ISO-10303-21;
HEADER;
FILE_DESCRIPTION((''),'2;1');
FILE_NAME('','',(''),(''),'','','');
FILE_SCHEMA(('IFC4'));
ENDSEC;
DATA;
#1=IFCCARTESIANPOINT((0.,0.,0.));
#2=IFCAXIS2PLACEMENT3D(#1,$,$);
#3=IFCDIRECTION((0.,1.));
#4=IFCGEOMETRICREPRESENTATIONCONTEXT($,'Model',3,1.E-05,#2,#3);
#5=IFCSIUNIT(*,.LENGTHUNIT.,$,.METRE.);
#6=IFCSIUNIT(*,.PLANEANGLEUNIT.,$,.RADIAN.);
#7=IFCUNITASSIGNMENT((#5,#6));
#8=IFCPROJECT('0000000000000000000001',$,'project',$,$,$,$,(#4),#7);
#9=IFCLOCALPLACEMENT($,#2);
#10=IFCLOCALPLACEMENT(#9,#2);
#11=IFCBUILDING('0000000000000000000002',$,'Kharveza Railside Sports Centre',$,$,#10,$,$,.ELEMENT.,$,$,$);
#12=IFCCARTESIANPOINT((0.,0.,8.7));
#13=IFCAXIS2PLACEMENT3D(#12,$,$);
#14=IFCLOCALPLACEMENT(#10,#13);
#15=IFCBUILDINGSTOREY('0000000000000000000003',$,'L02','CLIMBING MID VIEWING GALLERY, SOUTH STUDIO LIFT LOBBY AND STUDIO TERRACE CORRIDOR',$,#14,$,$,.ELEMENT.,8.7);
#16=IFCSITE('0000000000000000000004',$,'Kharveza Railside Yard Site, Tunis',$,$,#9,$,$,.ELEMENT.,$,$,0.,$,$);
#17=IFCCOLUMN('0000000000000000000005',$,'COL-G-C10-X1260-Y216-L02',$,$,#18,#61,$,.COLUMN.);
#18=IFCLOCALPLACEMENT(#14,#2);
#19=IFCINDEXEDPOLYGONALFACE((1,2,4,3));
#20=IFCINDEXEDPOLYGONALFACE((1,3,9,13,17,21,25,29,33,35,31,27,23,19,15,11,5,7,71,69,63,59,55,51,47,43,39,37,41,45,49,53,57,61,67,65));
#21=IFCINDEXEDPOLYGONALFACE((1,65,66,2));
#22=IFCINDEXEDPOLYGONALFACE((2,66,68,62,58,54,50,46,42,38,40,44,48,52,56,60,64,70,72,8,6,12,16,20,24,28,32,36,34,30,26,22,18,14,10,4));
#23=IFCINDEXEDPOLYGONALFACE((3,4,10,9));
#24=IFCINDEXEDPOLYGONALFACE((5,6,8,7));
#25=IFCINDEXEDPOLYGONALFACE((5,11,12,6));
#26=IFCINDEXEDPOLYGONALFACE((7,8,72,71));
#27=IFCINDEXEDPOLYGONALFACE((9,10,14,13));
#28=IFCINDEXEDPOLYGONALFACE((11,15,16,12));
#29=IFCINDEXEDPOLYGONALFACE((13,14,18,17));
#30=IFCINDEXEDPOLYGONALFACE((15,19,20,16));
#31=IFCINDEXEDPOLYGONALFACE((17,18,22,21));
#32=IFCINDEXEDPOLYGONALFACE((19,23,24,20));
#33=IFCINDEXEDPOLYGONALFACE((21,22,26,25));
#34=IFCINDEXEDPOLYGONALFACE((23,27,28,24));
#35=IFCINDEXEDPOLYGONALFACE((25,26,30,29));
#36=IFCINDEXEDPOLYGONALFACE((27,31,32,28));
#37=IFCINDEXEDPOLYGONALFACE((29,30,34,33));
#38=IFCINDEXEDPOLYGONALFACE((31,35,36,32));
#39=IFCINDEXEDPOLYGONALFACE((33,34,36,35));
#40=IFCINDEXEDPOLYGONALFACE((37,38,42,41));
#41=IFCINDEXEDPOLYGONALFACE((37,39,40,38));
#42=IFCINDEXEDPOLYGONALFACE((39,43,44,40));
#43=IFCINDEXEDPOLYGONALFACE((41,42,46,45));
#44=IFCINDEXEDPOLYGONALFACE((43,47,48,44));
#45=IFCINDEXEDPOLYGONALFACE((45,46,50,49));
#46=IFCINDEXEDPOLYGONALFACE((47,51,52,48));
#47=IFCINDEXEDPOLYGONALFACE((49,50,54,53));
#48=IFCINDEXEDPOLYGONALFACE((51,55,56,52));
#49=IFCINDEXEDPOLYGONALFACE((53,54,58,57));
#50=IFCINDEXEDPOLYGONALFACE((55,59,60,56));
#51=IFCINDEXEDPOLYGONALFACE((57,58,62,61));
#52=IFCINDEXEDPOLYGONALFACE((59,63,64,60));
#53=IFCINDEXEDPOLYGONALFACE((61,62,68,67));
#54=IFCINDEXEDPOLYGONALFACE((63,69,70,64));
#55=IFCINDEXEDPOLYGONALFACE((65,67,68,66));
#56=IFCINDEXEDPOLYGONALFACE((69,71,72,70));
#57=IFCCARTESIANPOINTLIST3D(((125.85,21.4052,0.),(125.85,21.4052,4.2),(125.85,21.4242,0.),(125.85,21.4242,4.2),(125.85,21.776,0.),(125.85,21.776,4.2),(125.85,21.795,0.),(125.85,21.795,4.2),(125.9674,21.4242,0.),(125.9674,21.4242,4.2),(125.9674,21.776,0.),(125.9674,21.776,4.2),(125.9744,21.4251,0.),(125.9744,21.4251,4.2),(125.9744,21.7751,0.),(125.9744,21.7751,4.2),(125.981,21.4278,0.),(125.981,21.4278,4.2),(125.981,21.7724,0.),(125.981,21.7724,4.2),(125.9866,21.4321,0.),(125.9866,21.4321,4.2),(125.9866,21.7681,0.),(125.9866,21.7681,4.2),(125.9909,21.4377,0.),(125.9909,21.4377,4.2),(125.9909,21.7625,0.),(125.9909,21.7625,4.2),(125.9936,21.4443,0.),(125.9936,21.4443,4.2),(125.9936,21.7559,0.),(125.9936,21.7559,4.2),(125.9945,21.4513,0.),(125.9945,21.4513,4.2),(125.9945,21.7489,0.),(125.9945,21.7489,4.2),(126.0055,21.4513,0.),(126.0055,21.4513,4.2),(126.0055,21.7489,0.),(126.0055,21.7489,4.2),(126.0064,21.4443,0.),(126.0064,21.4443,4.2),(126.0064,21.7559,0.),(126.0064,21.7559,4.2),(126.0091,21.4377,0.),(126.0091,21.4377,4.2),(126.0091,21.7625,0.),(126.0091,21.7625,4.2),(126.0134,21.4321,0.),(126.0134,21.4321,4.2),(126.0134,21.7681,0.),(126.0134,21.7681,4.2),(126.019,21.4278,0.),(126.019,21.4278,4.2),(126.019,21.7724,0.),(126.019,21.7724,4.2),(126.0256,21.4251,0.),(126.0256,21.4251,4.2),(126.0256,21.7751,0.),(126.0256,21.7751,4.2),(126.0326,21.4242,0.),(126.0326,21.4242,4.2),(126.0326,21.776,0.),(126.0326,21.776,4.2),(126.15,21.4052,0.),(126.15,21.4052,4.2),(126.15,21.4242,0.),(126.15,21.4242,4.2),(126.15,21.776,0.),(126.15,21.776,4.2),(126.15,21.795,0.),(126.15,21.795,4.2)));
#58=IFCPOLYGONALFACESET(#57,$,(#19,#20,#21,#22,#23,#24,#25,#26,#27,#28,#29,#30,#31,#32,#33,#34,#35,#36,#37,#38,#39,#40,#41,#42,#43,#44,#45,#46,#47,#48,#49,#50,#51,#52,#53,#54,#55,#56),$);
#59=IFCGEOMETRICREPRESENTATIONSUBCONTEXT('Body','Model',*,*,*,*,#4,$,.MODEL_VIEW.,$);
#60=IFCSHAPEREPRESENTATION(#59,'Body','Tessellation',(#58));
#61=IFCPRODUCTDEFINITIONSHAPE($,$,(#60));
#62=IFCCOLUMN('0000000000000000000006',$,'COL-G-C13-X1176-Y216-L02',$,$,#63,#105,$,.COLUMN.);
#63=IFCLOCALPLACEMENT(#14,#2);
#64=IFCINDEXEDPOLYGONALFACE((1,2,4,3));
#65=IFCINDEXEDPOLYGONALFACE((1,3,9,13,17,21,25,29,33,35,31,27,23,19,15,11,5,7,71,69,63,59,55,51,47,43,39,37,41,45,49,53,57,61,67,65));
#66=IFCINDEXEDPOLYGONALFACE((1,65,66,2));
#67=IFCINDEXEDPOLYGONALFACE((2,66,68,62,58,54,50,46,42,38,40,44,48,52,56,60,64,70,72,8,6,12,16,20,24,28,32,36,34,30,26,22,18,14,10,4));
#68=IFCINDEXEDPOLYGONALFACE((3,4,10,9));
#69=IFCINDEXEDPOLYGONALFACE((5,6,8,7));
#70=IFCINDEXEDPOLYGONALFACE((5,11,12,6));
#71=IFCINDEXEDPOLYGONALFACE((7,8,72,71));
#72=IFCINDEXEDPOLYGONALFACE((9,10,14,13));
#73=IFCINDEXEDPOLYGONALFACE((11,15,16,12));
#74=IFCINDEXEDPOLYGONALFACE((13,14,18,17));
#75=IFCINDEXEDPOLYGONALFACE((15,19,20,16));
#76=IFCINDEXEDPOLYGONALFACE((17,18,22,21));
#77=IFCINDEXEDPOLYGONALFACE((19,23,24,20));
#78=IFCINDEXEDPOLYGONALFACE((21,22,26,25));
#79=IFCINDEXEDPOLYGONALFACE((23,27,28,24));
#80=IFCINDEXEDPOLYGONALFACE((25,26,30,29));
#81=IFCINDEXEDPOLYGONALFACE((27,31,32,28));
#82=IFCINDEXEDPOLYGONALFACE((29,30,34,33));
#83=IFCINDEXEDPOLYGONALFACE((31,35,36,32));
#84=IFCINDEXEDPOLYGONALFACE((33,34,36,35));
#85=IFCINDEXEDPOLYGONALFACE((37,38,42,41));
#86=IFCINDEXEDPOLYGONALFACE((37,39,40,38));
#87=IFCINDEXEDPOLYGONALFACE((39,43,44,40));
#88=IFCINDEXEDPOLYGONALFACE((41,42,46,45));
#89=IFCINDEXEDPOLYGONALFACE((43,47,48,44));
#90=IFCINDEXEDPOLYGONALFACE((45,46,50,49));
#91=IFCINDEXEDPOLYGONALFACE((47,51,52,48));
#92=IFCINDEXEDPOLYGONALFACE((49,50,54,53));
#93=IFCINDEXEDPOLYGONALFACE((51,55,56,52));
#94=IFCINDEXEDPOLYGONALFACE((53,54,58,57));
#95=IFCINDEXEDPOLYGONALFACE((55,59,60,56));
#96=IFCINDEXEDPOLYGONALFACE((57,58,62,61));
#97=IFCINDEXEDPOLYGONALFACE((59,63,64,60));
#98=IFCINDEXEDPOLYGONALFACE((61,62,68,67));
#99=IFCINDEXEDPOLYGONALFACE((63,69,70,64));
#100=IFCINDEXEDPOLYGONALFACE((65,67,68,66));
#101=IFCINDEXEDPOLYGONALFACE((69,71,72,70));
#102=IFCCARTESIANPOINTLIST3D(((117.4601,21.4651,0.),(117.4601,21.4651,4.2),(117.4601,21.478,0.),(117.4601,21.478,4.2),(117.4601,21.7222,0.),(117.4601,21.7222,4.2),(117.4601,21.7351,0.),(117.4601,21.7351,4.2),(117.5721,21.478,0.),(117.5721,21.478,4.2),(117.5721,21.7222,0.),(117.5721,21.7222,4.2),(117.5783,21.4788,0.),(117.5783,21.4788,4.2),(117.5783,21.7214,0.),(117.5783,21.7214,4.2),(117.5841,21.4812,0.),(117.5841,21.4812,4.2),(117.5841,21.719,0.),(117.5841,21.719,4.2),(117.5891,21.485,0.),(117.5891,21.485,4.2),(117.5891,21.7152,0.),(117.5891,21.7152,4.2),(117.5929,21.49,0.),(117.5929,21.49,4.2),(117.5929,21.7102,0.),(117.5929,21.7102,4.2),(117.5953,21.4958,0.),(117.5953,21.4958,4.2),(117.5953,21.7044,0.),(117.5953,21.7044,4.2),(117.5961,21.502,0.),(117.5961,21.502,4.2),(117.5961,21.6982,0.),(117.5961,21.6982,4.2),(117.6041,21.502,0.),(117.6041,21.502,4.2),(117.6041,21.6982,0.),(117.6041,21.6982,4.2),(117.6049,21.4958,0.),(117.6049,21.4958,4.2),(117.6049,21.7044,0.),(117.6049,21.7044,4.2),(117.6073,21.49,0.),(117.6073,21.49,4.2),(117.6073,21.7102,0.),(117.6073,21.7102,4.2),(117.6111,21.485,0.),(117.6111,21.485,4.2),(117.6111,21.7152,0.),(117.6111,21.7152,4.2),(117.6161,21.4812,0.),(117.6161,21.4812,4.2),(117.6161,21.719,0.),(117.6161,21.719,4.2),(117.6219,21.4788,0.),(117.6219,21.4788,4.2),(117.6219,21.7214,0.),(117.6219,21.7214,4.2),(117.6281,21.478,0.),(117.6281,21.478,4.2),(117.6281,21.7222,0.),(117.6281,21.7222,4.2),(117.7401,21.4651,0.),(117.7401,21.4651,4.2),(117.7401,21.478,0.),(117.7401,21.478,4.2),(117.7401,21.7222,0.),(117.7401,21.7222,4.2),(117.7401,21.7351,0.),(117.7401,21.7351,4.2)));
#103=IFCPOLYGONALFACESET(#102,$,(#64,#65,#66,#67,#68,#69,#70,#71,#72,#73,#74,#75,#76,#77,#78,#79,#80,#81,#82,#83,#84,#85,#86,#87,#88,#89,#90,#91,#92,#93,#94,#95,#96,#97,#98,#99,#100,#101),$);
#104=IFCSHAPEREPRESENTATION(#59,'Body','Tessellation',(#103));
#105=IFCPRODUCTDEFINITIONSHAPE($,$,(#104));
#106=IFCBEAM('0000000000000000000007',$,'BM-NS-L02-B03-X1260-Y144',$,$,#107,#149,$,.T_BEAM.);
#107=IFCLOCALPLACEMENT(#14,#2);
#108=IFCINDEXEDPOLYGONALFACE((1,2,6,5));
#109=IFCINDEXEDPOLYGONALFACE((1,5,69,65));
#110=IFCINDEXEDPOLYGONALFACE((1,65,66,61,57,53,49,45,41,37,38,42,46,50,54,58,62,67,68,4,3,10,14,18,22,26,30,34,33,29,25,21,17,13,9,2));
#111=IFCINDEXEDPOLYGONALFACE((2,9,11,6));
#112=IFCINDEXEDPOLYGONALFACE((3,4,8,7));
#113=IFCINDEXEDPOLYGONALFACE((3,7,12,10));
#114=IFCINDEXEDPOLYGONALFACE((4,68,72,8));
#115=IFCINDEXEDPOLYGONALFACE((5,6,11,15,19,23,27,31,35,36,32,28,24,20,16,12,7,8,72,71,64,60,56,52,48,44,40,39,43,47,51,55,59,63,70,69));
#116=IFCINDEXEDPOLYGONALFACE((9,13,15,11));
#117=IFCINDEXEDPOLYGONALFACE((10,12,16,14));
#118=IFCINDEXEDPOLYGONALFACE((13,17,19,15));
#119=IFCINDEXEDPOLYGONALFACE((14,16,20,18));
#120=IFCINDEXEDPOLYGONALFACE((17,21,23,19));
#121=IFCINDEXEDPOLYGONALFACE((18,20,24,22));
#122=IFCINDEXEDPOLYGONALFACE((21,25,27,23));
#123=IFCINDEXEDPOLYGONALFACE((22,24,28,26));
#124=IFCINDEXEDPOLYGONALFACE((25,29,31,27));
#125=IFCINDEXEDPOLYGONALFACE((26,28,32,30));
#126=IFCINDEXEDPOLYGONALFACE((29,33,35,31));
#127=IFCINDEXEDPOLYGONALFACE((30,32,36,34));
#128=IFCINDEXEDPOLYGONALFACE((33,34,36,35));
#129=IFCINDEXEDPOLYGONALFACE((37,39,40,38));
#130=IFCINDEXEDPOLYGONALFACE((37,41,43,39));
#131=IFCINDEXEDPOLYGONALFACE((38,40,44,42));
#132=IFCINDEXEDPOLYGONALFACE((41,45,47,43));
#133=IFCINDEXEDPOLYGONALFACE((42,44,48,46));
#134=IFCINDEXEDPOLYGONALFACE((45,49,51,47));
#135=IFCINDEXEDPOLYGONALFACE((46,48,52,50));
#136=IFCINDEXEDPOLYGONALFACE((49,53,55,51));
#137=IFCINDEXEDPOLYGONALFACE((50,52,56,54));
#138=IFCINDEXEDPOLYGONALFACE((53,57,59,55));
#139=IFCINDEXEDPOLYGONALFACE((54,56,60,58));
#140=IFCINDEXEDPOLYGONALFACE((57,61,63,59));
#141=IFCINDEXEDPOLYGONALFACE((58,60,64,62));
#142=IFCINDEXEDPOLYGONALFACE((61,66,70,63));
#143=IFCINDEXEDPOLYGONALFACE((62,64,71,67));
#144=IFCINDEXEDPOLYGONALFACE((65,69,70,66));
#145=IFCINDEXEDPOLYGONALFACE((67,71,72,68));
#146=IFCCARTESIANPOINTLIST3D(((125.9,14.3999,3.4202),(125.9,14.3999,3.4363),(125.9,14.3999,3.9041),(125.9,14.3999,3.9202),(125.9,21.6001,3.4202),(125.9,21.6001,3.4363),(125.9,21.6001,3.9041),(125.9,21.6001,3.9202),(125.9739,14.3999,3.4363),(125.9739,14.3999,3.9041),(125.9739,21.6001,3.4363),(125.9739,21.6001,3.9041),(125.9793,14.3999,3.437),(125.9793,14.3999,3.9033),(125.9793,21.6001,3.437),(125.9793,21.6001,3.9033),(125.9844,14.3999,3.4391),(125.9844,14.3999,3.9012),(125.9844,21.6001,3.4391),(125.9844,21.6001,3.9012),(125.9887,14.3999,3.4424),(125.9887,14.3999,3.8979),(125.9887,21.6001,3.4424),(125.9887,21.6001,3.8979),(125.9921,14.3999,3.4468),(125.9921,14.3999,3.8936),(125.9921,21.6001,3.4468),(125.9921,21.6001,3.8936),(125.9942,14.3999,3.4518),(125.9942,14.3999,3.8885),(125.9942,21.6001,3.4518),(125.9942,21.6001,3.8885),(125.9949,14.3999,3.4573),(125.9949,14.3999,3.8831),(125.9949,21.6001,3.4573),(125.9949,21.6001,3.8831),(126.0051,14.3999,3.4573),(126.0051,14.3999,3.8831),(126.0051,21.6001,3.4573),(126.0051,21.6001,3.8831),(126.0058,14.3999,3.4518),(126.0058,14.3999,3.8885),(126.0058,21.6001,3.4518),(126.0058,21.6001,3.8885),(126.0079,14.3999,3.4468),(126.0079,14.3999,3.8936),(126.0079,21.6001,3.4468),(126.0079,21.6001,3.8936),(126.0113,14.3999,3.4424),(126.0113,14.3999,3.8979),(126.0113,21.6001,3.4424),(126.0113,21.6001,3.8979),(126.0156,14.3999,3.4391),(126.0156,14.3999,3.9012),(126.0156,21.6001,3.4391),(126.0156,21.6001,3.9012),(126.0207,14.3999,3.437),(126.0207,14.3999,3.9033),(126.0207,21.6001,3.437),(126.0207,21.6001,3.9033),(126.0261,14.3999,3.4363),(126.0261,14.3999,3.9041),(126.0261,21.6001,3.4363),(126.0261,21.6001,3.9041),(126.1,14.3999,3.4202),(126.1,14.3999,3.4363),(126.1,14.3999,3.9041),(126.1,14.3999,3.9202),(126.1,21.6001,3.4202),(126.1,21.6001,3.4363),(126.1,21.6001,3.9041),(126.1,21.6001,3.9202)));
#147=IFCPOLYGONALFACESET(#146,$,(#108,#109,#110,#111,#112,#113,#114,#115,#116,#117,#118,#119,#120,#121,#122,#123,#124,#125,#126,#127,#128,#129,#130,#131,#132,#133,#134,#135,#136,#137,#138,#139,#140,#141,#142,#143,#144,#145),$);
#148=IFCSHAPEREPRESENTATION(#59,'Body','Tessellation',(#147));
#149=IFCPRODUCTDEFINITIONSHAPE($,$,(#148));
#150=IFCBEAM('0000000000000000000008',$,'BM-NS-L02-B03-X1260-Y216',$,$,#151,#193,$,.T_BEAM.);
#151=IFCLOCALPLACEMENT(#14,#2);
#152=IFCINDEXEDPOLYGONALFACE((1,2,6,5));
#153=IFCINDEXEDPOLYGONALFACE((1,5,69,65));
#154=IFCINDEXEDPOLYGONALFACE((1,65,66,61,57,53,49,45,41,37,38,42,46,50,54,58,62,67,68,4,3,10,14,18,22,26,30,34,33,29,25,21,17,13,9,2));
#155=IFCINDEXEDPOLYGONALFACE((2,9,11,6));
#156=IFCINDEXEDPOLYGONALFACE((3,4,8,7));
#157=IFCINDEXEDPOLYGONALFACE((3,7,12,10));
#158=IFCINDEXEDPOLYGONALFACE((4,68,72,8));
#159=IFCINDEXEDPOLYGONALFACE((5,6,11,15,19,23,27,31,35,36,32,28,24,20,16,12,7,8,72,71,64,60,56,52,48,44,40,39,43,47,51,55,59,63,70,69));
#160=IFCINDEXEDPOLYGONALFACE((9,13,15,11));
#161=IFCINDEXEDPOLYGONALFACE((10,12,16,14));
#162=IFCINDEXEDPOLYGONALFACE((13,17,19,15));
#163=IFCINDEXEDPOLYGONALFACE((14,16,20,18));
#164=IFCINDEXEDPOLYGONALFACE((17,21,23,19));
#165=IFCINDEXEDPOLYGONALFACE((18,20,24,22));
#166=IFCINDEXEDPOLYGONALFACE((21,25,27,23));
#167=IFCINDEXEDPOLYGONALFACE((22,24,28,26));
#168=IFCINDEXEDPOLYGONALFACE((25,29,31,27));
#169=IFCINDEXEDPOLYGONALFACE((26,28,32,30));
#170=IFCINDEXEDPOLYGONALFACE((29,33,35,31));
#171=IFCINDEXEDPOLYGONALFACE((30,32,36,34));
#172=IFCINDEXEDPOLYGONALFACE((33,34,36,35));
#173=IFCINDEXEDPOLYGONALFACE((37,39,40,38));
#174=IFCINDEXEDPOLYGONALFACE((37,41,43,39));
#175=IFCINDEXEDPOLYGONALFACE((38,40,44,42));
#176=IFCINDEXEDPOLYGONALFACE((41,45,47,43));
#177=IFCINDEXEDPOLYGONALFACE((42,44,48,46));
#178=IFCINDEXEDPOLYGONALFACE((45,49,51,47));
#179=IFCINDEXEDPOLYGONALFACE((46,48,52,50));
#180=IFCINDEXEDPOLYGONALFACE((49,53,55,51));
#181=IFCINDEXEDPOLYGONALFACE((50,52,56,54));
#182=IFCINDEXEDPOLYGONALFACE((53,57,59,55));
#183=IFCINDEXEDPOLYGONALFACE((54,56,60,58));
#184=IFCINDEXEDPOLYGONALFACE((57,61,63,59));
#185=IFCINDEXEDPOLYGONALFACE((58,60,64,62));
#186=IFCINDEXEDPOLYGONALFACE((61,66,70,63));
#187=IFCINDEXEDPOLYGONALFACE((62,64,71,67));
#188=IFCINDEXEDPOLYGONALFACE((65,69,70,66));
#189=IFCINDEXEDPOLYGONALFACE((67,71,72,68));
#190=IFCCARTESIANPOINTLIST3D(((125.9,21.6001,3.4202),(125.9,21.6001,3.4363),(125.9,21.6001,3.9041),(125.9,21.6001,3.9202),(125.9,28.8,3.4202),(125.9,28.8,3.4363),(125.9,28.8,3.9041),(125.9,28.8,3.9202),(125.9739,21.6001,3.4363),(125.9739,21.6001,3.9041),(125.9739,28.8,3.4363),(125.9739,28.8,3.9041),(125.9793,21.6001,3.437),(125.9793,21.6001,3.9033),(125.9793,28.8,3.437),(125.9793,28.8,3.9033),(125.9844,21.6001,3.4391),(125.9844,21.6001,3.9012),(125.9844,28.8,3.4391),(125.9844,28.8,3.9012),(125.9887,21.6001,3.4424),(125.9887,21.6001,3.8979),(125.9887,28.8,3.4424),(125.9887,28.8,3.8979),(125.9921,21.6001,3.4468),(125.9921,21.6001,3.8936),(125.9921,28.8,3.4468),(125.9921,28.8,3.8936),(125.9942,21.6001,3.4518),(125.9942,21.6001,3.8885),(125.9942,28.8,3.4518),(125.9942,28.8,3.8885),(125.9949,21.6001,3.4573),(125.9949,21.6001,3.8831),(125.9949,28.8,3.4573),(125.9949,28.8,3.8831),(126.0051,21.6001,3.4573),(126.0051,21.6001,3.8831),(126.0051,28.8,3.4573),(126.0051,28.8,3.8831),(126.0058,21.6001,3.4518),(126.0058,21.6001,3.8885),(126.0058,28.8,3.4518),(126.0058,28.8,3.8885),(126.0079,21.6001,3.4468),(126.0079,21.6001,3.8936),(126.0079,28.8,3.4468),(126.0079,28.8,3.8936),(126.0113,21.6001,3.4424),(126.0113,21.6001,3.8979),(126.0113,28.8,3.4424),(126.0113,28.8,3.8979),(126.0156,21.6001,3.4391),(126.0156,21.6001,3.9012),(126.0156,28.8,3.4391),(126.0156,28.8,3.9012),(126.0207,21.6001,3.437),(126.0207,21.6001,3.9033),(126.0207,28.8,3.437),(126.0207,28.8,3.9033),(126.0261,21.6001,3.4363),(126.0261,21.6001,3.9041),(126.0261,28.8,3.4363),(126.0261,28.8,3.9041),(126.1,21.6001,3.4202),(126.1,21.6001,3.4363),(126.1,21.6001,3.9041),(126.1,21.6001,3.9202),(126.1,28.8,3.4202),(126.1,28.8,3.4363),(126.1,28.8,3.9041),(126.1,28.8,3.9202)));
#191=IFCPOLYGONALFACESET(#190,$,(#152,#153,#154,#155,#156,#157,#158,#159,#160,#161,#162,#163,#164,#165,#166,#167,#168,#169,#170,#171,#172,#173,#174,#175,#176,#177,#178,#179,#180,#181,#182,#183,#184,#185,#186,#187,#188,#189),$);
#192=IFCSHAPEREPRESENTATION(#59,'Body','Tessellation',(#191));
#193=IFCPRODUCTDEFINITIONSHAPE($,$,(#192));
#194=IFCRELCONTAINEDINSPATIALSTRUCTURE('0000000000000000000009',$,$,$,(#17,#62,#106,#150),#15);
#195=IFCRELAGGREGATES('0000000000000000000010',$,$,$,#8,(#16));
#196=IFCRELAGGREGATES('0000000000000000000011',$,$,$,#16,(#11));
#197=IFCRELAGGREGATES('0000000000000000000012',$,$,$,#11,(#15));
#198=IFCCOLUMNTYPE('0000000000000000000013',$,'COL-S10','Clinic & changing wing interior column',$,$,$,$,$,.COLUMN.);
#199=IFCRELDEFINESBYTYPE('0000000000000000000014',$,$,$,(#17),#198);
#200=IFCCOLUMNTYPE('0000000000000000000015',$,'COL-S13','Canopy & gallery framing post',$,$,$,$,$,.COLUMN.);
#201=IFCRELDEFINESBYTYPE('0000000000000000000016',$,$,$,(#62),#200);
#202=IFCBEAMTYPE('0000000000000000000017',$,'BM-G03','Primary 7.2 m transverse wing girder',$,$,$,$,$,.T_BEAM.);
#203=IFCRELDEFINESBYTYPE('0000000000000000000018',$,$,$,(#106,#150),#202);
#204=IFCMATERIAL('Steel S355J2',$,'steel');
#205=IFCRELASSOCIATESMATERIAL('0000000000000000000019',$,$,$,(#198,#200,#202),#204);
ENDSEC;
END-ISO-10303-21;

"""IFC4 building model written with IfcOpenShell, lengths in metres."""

from ifc_helpers import new_model, si_unit, direction, frame, origin, origin_2d, place, context, subcontext, project, spatial, i_section, extrude, material, material_profile, profile_set, type_object, element, save


model = new_model("IFC4")

# Units and contexts
model_context = context("Model", 3, precision=1e-05, world=origin(), true_north=direction((0.0, 1.0)))
body_context = subcontext(model_context, "Body", "Model", "MODEL_VIEW")
ifc_project = project(units=[si_unit("LENGTHUNIT", "METRE"), si_unit("PLANEANGLEUNIT", "RADIAN")], contexts=[model_context])

# Site, building, storey
site_placement = place(None, origin())
site = spatial("IfcSite", under=ifc_project, at=site_placement, Name="Kharveza Railside Yard Site, Tunis", CompositionType="ELEMENT", RefElevation=0.0)
building_placement = place(site_placement, origin())
building = spatial("IfcBuilding", under=site, at=building_placement, Name="Kharveza Railside Sports Centre", CompositionType="ELEMENT")
storey_placement = place(building_placement, frame((0.0, 0.0, 8.7)))
storey = spatial("IfcBuildingStorey", under=building, at=storey_placement, Name="L02", Description="CLIMBING MID VIEWING GALLERY, SOUTH STUDIO LIFT LOBBY AND STUDIO TERRACE CORRIDOR", CompositionType="ELEMENT", Elevation=8.7)

# Columns
ifc_material_1 = material(Name="Steel S355J2", Category="steel")
ifc_material_profile_1 = material_profile(ifc_material_1, i_section(OverallWidth=0.3, OverallDepth=0.3899, WebThickness=0.011, FlangeThickness=0.019, FilletRadius=0.0271, at=origin_2d()), Name="HEA 400")
ifc_profile_set_1 = profile_set([ifc_material_profile_1], Name="Steel S355J2")
column_type_1 = type_object("IfcColumnType", Name="COL-S10", Description="Clinic & changing wing interior column", PredefinedType="COLUMN", material=ifc_profile_set_1)
column_1_placement = place(storey_placement, frame((126.0, 21.6001, 0.0), z_axis=(0.0, 0.0, 1.0), x_axis=(1.0, 0.0, 0.0)))
element("IfcColumn", 1, at=column_1_placement, inside=storey, type_object=column_type_1, Name="COL-G-C10-X1260-Y216-L02", PredefinedType="COLUMN", context=body_context, shape_type="SweptSolid", body=[
    extrude(i_section(OverallWidth=0.3, OverallDepth=0.3899, WebThickness=0.011, FlangeThickness=0.019, FilletRadius=0.0271, at=origin_2d()), origin(), (0.0, 0.0, 1.0), 4.2),
])
ifc_material_profile_2 = material_profile(ifc_material_1, i_section(OverallWidth=0.28, OverallDepth=0.27, WebThickness=0.0081, FlangeThickness=0.0129, FilletRadius=0.0239, at=origin_2d()), Name="HEA 280")
ifc_profile_set_2 = profile_set([ifc_material_profile_2], Name="Steel S355J2")
column_type_2 = type_object("IfcColumnType", Name="COL-S13", Description="Canopy & gallery framing post", PredefinedType="COLUMN", material=ifc_profile_set_2)
column_2_placement = place(storey_placement, frame((117.6001, 21.6001, 0.0), z_axis=(0.0, 0.0, 1.0), x_axis=(1.0, 0.0, 0.0)))
element("IfcColumn", 2, at=column_2_placement, inside=storey, type_object=column_type_2, Name="COL-G-C13-X1176-Y216-L02", PredefinedType="COLUMN", context=body_context, shape_type="SweptSolid", body=[
    extrude(i_section(OverallWidth=0.28, OverallDepth=0.27, WebThickness=0.0081, FlangeThickness=0.0129, FilletRadius=0.0239, at=origin_2d()), origin(), (0.0, 0.0, 1.0), 4.2),
])

# Beams
ifc_material_profile_3 = material_profile(ifc_material_1, i_section(OverallWidth=0.2, OverallDepth=0.5, WebThickness=0.0103, FlangeThickness=0.0161, FilletRadius=0.021, at=origin_2d()), Name="IPE 500")
ifc_profile_set_3 = profile_set([ifc_material_profile_3], Name="Steel S355J2")
beam_type_1 = type_object("IfcBeamType", Name="BM-G03", Description="Primary 7.2 m transverse wing girder", PredefinedType="T_BEAM", material=ifc_profile_set_3)
beam_1_placement = place(storey_placement, frame((126.0, 14.3999, 3.6702), z_axis=(0.0, 1.0, 0.0), x_axis=(-1.0, 0.0, 0.0)))
element("IfcBeam", 3, at=beam_1_placement, inside=storey, type_object=beam_type_1, Name="BM-NS-L02-B03-X1260-Y144", PredefinedType="T_BEAM", context=body_context, shape_type="SweptSolid", body=[
    extrude(i_section(OverallWidth=0.2, OverallDepth=0.5, WebThickness=0.0103, FlangeThickness=0.0161, FilletRadius=0.021, at=origin_2d()), origin(), (0.0, 0.0, 1.0), 7.2002),
])
beam_2_placement = place(storey_placement, frame((126.0, 21.6001, 3.6702), z_axis=(0.0, 1.0, 0.0), x_axis=(-1.0, 0.0, 0.0)))
element("IfcBeam", 4, at=beam_2_placement, inside=storey, type_object=beam_type_1, Name="BM-NS-L02-B03-X1260-Y216", PredefinedType="T_BEAM", context=body_context, shape_type="SweptSolid", body=[
    extrude(i_section(OverallWidth=0.2, OverallDepth=0.5, WebThickness=0.0103, FlangeThickness=0.0161, FilletRadius=0.021, at=origin_2d()), origin(), (0.0, 0.0, 1.0), 7.2),
])

save(model, "model.ifc")
